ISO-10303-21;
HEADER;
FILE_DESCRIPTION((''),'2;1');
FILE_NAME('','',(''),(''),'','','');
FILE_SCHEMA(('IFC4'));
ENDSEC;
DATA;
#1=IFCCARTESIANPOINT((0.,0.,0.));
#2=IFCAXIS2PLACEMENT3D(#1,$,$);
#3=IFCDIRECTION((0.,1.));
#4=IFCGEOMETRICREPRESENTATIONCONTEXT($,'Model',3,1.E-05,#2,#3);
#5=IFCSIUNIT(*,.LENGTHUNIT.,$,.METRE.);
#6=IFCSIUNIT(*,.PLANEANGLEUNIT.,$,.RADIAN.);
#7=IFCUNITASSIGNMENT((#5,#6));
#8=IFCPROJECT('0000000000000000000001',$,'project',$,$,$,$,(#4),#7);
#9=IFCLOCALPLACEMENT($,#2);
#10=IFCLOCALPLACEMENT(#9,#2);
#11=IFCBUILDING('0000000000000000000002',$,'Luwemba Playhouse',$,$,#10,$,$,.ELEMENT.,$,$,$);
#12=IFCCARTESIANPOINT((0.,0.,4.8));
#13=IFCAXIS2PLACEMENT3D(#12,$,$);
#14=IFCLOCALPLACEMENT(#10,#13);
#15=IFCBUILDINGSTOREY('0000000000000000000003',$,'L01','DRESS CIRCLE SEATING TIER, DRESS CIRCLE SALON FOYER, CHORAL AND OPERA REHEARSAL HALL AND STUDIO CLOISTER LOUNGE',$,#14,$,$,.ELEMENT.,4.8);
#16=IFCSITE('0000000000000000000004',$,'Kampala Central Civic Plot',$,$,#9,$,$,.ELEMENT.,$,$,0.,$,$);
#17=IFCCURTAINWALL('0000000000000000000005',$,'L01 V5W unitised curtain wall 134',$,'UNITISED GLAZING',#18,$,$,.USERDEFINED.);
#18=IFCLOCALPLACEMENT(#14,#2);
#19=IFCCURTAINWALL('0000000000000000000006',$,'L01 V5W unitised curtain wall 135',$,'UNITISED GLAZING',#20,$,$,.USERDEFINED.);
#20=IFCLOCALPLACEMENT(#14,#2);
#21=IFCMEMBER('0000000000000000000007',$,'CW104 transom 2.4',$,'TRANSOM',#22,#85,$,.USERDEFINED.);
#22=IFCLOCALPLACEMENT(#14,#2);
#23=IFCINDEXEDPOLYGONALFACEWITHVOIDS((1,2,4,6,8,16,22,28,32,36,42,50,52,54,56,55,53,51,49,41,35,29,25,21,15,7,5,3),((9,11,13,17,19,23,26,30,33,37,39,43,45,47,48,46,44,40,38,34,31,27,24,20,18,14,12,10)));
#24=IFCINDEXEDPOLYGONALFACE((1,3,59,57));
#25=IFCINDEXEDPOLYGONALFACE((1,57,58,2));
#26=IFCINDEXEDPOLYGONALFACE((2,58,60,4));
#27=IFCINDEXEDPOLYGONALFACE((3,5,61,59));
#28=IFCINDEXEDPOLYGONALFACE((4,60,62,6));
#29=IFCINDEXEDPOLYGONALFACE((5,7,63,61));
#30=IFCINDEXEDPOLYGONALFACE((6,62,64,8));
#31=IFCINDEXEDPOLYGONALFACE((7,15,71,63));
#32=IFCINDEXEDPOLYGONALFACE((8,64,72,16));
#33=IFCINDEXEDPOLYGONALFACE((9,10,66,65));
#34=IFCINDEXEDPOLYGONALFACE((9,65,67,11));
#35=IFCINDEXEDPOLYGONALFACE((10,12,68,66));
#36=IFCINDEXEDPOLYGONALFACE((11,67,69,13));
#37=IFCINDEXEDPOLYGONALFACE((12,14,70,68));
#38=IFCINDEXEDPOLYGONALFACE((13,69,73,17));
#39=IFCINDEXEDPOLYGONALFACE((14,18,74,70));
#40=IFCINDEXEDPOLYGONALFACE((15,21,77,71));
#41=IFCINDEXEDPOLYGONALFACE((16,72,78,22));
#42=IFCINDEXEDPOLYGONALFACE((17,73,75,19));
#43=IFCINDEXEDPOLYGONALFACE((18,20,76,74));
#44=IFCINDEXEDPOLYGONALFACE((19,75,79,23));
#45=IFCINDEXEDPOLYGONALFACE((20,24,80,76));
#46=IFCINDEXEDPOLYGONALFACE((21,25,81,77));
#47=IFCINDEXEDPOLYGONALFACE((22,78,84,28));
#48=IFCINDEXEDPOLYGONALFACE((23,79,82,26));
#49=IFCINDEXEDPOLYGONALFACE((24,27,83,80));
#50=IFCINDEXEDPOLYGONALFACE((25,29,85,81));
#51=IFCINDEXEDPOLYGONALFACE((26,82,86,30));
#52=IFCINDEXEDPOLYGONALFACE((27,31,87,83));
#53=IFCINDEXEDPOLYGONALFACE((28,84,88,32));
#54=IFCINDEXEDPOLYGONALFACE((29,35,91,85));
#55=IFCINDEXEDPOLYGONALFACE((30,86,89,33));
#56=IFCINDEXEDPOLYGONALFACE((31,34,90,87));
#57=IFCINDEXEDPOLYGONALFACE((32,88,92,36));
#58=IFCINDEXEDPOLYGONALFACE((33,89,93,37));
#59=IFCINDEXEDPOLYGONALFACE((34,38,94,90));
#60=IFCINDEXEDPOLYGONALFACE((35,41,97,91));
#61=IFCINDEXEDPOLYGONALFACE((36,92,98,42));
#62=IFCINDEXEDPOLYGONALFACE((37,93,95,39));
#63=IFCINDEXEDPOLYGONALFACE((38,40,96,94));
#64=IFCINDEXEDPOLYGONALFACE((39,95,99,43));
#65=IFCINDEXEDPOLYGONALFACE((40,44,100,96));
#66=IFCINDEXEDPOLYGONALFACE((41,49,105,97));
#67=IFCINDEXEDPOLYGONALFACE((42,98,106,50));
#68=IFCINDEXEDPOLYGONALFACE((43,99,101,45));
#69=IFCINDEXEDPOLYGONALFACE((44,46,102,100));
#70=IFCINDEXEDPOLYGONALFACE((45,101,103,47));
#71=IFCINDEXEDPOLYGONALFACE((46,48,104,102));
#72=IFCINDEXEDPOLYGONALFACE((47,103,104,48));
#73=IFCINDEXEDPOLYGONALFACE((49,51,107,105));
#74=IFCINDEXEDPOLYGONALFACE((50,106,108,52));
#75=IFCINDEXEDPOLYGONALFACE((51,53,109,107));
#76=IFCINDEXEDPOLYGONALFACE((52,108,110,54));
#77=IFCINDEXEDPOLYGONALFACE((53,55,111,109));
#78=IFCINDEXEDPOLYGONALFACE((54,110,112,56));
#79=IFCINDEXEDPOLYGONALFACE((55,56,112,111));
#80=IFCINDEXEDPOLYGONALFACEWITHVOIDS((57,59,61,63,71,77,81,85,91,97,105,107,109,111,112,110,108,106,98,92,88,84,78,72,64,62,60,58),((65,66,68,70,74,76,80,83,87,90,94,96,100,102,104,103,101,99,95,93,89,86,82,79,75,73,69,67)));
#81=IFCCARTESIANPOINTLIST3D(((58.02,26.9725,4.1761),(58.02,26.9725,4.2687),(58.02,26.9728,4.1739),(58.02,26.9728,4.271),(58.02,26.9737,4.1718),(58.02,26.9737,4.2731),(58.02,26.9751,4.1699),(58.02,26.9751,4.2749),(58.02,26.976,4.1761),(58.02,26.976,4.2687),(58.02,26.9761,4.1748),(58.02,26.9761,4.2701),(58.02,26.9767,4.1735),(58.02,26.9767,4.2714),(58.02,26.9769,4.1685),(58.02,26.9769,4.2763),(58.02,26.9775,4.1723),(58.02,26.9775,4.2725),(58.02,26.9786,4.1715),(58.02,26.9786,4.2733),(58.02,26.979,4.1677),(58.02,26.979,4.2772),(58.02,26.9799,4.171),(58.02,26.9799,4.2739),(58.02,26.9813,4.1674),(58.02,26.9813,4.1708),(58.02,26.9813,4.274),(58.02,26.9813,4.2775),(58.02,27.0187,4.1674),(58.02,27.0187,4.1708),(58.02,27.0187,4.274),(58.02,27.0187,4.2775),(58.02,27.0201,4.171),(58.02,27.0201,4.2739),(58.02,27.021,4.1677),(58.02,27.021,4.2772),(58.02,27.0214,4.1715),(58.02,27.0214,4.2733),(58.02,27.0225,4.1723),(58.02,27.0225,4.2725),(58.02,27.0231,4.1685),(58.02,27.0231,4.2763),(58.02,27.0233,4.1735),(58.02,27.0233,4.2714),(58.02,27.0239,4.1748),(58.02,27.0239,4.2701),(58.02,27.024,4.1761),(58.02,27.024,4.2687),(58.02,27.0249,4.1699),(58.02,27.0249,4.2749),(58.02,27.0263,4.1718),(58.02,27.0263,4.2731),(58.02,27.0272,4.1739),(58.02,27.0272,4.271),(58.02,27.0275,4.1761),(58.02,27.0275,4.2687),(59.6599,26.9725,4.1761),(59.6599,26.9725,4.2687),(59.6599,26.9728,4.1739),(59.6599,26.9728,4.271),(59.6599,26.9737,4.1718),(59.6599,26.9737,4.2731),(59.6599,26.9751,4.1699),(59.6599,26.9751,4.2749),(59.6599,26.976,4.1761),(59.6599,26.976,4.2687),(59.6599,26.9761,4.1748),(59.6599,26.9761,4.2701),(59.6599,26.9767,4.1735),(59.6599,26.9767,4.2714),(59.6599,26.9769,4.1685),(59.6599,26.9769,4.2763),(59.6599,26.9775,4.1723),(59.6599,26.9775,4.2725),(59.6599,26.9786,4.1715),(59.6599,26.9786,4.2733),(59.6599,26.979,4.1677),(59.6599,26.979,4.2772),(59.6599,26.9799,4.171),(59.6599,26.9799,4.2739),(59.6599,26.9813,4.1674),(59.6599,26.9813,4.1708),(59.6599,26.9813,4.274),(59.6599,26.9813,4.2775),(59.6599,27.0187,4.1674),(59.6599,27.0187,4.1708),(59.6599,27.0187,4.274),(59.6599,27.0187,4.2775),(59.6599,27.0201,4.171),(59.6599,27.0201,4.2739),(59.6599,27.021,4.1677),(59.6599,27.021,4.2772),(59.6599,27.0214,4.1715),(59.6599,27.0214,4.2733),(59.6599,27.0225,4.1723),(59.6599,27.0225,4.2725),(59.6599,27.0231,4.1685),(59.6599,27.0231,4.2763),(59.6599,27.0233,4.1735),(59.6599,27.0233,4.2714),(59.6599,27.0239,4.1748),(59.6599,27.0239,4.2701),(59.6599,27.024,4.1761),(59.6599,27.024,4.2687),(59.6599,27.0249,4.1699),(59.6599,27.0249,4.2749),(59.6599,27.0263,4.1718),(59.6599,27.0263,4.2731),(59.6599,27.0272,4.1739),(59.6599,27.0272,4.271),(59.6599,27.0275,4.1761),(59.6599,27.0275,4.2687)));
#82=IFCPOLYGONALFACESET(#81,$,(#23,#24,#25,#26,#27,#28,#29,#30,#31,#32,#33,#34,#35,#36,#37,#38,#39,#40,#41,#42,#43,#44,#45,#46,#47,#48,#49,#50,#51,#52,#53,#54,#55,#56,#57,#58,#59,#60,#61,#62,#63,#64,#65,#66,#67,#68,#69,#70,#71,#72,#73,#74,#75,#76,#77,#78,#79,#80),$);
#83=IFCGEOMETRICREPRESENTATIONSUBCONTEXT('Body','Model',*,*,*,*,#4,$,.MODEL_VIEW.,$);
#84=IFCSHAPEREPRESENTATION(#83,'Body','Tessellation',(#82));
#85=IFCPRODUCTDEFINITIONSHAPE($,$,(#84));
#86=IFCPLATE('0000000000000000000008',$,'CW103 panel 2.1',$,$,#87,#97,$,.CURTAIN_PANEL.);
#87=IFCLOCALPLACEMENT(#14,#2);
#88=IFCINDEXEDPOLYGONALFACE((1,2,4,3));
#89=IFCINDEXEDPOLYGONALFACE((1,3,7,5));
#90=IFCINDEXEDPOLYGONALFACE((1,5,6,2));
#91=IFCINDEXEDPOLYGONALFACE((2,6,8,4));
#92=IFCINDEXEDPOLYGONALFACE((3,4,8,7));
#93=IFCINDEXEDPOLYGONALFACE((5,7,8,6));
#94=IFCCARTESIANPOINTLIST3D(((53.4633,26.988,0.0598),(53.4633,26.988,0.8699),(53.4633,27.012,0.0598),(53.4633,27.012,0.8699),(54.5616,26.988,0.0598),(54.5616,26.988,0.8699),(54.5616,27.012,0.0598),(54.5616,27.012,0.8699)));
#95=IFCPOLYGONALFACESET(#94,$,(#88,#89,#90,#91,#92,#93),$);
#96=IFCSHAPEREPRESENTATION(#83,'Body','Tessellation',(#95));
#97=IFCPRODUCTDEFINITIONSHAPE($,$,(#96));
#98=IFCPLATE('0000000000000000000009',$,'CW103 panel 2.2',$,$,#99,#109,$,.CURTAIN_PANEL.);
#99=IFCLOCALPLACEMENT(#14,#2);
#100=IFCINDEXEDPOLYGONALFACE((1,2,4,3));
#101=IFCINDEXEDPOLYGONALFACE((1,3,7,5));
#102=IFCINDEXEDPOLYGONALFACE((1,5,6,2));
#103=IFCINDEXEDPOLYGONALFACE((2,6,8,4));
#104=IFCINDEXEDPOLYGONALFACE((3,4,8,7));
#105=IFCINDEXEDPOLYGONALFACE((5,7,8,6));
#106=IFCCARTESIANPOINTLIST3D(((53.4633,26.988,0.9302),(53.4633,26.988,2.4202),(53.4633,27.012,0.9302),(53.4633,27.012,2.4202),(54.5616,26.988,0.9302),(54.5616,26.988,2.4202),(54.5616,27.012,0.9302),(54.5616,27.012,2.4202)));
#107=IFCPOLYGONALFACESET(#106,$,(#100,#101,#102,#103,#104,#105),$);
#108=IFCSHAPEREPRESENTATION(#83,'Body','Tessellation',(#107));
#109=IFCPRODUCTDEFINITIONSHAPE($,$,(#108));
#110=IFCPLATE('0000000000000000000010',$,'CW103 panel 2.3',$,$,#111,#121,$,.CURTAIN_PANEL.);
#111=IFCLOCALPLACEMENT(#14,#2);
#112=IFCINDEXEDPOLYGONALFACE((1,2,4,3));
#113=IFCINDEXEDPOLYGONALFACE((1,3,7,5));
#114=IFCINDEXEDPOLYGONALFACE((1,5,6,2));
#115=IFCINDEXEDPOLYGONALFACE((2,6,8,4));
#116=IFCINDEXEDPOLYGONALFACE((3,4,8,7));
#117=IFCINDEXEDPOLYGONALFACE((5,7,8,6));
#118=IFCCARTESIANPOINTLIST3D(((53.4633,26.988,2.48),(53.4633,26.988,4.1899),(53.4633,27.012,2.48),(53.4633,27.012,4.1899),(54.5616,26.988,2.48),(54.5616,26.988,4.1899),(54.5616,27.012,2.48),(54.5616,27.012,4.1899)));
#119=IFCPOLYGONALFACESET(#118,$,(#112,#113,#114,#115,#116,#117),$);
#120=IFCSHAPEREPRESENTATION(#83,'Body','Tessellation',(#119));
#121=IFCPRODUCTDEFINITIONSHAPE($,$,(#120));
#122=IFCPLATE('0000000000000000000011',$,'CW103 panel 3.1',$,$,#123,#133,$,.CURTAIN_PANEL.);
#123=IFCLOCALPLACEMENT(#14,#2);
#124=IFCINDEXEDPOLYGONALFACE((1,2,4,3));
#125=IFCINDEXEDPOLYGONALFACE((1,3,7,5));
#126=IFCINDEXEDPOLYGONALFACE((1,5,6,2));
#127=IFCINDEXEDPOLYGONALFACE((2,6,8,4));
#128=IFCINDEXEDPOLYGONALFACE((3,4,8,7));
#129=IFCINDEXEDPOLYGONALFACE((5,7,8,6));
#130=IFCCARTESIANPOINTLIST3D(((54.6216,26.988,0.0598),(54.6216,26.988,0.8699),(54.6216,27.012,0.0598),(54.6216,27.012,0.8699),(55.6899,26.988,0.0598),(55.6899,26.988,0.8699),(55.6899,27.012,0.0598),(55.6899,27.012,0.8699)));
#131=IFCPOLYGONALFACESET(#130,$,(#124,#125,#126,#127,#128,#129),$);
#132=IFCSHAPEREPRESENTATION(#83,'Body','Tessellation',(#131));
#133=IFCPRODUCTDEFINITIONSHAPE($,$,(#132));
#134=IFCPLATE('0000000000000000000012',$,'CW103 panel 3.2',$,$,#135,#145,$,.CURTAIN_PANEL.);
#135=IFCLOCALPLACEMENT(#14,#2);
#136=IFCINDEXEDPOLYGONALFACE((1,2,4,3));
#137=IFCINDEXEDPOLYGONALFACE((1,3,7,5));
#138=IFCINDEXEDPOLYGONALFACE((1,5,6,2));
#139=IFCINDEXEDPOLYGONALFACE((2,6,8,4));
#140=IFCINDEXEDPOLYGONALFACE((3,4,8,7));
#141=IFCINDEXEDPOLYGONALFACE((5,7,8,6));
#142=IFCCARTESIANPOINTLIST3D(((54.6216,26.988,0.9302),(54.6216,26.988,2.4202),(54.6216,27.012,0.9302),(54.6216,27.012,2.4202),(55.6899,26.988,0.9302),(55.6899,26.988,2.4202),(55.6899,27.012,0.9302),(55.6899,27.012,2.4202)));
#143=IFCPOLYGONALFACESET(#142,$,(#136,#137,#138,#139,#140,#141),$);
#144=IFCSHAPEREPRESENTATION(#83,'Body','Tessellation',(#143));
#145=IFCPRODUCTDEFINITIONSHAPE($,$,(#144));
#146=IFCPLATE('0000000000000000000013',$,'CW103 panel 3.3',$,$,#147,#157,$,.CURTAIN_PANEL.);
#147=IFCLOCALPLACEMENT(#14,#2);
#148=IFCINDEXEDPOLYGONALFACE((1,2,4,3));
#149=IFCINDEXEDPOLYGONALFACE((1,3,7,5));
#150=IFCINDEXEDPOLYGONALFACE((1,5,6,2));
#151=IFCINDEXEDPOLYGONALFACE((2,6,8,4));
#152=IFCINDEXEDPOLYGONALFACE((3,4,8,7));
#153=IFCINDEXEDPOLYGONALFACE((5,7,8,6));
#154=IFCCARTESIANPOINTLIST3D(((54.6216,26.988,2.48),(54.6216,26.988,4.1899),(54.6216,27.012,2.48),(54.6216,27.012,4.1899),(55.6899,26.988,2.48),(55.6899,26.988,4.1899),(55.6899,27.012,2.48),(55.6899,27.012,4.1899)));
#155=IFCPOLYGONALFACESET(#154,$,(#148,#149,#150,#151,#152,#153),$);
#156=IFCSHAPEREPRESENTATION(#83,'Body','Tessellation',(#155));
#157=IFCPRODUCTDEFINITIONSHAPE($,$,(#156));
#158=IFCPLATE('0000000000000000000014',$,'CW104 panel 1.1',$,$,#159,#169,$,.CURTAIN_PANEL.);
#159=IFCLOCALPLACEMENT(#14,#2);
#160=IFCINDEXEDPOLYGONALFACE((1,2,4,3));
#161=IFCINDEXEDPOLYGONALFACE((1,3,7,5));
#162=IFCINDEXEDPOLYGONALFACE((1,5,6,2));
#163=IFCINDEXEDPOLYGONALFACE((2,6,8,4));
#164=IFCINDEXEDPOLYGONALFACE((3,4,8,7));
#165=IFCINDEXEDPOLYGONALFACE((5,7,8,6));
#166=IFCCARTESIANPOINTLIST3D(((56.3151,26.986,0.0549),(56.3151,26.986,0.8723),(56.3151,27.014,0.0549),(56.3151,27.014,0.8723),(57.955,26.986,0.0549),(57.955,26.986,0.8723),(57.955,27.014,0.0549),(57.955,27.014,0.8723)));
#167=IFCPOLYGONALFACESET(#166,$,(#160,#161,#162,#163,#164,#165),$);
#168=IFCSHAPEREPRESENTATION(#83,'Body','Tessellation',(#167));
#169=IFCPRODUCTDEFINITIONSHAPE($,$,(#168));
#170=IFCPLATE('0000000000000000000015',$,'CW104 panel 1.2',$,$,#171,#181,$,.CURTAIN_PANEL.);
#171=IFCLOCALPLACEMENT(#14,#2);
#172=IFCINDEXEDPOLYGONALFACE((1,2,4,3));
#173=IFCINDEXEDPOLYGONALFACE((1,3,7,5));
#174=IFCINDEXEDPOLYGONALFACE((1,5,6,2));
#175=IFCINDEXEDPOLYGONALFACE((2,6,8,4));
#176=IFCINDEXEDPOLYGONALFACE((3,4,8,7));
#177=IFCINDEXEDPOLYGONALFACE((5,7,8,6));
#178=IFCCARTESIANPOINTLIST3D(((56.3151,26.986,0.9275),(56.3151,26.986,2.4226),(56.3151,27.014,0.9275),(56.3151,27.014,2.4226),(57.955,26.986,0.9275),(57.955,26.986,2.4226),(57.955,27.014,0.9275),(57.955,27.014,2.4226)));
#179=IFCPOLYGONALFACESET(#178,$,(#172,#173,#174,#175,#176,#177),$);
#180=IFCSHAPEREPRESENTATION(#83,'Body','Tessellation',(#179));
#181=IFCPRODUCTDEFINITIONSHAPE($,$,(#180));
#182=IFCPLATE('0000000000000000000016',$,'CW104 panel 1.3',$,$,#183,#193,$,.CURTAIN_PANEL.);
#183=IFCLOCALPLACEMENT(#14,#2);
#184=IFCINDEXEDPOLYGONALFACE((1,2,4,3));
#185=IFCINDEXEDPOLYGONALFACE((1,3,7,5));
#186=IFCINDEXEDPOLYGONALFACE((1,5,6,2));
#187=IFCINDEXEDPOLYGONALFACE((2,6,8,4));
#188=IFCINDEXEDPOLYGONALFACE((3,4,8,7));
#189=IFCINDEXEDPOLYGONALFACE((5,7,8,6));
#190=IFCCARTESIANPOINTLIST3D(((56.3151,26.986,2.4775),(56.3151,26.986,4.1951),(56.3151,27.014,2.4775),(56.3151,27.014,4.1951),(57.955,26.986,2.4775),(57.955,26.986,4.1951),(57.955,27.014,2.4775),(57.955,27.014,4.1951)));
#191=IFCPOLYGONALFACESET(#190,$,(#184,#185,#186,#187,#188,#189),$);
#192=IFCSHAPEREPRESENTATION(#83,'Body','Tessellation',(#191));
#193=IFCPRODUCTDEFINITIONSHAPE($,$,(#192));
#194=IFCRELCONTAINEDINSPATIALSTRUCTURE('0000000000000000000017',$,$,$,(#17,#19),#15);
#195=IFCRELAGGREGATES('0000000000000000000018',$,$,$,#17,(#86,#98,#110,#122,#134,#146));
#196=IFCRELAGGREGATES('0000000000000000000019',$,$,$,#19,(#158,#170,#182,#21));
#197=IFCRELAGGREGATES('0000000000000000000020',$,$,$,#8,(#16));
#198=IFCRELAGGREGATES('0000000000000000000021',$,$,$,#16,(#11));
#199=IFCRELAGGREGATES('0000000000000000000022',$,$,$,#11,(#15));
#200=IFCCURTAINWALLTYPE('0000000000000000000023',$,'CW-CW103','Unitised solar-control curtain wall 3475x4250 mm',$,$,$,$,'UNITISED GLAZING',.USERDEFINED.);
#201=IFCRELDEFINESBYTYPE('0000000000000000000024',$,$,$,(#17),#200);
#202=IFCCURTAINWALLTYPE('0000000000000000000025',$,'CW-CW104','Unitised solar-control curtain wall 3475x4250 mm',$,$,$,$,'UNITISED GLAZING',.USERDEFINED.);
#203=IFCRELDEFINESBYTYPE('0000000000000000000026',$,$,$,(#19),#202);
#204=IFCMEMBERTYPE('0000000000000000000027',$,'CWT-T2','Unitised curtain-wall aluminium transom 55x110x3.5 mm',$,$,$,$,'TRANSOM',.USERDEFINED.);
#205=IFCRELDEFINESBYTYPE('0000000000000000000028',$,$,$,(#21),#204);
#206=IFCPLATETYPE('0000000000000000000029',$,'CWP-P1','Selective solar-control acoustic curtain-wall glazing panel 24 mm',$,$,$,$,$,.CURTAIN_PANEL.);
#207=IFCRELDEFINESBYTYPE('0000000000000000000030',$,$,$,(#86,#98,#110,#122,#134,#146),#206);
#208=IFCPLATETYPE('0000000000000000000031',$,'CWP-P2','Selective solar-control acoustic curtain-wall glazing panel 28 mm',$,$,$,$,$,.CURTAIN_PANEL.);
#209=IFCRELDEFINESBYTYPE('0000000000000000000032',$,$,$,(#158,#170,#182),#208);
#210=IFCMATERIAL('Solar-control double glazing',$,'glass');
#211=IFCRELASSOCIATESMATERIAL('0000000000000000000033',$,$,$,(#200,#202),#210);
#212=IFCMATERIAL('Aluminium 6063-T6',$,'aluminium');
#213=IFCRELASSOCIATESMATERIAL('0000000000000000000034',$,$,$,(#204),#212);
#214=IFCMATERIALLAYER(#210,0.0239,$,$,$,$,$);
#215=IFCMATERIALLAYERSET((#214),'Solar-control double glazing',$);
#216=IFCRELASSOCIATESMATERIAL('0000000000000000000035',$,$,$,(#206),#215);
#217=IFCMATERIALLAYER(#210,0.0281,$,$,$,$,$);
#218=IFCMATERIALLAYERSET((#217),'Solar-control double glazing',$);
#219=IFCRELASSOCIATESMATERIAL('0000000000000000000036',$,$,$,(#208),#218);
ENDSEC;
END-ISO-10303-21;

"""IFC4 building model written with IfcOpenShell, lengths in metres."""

from ifc_helpers import new_model, si_unit, direction, frame, origin, origin_2d, place, context, subcontext, project, spatial, rectangle, hollow_rectangle, extrude, material, layer, layer_set, material_profile, profile_set, type_object, element, aggregate, save


model = new_model("IFC4")

# Units and contexts
model_context = context("Model", 3, precision=1e-05, world=origin(), true_north=direction((0.0, 1.0)))
body_context = subcontext(model_context, "Body", "Model", "MODEL_VIEW")
ifc_project = project(units=[si_unit("LENGTHUNIT", "METRE"), si_unit("PLANEANGLEUNIT", "RADIAN")], contexts=[model_context])

# Site, building, storey
site_placement = place(None, origin())
site = spatial("IfcSite", under=ifc_project, at=site_placement, Name="Kampala Central Civic Plot", CompositionType="ELEMENT", RefElevation=0.0)
building_placement = place(site_placement, origin())
building = spatial("IfcBuilding", under=site, at=building_placement, Name="Luwemba Playhouse", CompositionType="ELEMENT")
storey_placement = place(building_placement, frame((0.0, 0.0, 4.8)))
storey = spatial("IfcBuildingStorey", under=building, at=storey_placement, Name="L01", Description="DRESS CIRCLE SEATING TIER, DRESS CIRCLE SALON FOYER, CHORAL AND OPERA REHEARSAL HALL AND STUDIO CLOISTER LOUNGE", CompositionType="ELEMENT", Elevation=4.8)

# Curtain walls
ifc_material_1 = material(Name="Solar-control double glazing", Category="glass")
curtain_wall_type_1 = type_object("IfcCurtainWallType", Name="CW-CW103", Description="Unitised solar-control curtain wall 3475x4250 mm", ElementType="UNITISED GLAZING", PredefinedType="USERDEFINED", material=ifc_material_1)
curtain_wall_1_placement = place(storey_placement, origin())
curtain_wall_1 = element("IfcCurtainWall", 1, at=curtain_wall_1_placement, inside=storey, type_object=curtain_wall_type_1, Name="L01 V5W unitised curtain wall 134", ObjectType="UNITISED GLAZING", PredefinedType="USERDEFINED")
ifc_material_2 = material(Name="Aluminium 6063-T6", Category="aluminium")
curtain_wall_type_2 = type_object("IfcCurtainWallType", Name="CW-CW104", Description="Unitised solar-control curtain wall 3475x4250 mm", ElementType="UNITISED GLAZING", PredefinedType="USERDEFINED", material=ifc_material_1)
curtain_wall_2_placement = place(storey_placement, origin())
curtain_wall_2 = element("IfcCurtainWall", 2, at=curtain_wall_2_placement, inside=storey, type_object=curtain_wall_type_2, Name="L01 V5W unitised curtain wall 135", ObjectType="UNITISED GLAZING", PredefinedType="USERDEFINED")

# Member
ifc_material_profile_1 = material_profile(ifc_material_2, hollow_rectangle(XDim=0.0549, YDim=0.1101, WallThickness=0.0034, InnerFilletRadius=0.0054, OuterFilletRadius=0.0088, at=origin_2d()))
ifc_profile_set_1 = profile_set([ifc_material_profile_1], Name="Aluminium 6063-T6")
member_type_1 = type_object("IfcMemberType", Name="CWT-T2", Description="Unitised curtain-wall aluminium transom 55x110x3.5 mm", ElementType="TRANSOM", PredefinedType="USERDEFINED", material=ifc_profile_set_1)
member_1_placement = place(storey_placement, frame((58.02, 27.0, 4.2224), z_axis=(1.0, 0.0, 0.0), x_axis=(0.0, 1.0, 0.0)))
member_1 = element("IfcMember", 3, at=member_1_placement, type_object=member_type_1, Name="CW104 transom 2.4", ObjectType="TRANSOM", PredefinedType="USERDEFINED", context=body_context, shape_type="SweptSolid", body=[
    extrude(hollow_rectangle(XDim=0.0549, YDim=0.1101, WallThickness=0.0034, InnerFilletRadius=0.0054, OuterFilletRadius=0.0088, at=origin_2d()), origin(), (0.0, 0.0, 1.0), 1.6399),
])

# Plates
ifc_layer_1 = layer(ifc_material_1, 0.0239)
ifc_layer_set_1 = layer_set([ifc_layer_1], Name="Solar-control double glazing")
plate_type_1 = type_object("IfcPlateType", Name="CWP-P1", Description="Selective solar-control acoustic curtain-wall glazing panel 24 mm", PredefinedType="CURTAIN_PANEL", material=ifc_layer_set_1)
plate_1_placement = place(storey_placement, frame((54.0125, 27.0, 0.0598), z_axis=(0.0, 0.0, 1.0), x_axis=(1.0, 0.0, 0.0)))
plate_1 = element("IfcPlate", 4, at=plate_1_placement, type_object=plate_type_1, Name="CW103 panel 2.1", PredefinedType="CURTAIN_PANEL", context=body_context, shape_type="SweptSolid", body=[
    extrude(rectangle(XDim=1.0984, YDim=0.0239, at=origin_2d()), origin(), (0.0, 0.0, 1.0), 0.8101),
])
plate_2_placement = place(storey_placement, frame((54.0125, 27.0, 0.9302), z_axis=(0.0, 0.0, 1.0), x_axis=(1.0, 0.0, 0.0)))
plate_2 = element("IfcPlate", 5, at=plate_2_placement, type_object=plate_type_1, Name="CW103 panel 2.2", PredefinedType="CURTAIN_PANEL", context=body_context, shape_type="SweptSolid", body=[
    extrude(rectangle(XDim=1.0984, YDim=0.0239, at=origin_2d()), origin(), (0.0, 0.0, 1.0), 1.49),
])
plate_3_placement = place(storey_placement, frame((54.0125, 27.0, 2.48), z_axis=(0.0, 0.0, 1.0), x_axis=(1.0, 0.0, 0.0)))
plate_3 = element("IfcPlate", 6, at=plate_3_placement, type_object=plate_type_1, Name="CW103 panel 2.3", PredefinedType="CURTAIN_PANEL", context=body_context, shape_type="SweptSolid", body=[
    extrude(rectangle(XDim=1.0984, YDim=0.0239, at=origin_2d()), origin(), (0.0, 0.0, 1.0), 1.71),
])
plate_4_placement = place(storey_placement, frame((55.1558, 27.0, 0.0598), z_axis=(0.0, 0.0, 1.0), x_axis=(1.0, 0.0, 0.0)))
plate_4 = element("IfcPlate", 7, at=plate_4_placement, type_object=plate_type_1, Name="CW103 panel 3.1", PredefinedType="CURTAIN_PANEL", context=body_context, shape_type="SweptSolid", body=[
    extrude(rectangle(XDim=1.0684, YDim=0.0239, at=origin_2d()), origin(), (0.0, 0.0, 1.0), 0.8101),
])
plate_5_placement = place(storey_placement, frame((55.1558, 27.0, 0.9302), z_axis=(0.0, 0.0, 1.0), x_axis=(1.0, 0.0, 0.0)))
plate_5 = element("IfcPlate", 8, at=plate_5_placement, type_object=plate_type_1, Name="CW103 panel 3.2", PredefinedType="CURTAIN_PANEL", context=body_context, shape_type="SweptSolid", body=[
    extrude(rectangle(XDim=1.0684, YDim=0.0239, at=origin_2d()), origin(), (0.0, 0.0, 1.0), 1.49),
])
plate_6_placement = place(storey_placement, frame((55.1558, 27.0, 2.48), z_axis=(0.0, 0.0, 1.0), x_axis=(1.0, 0.0, 0.0)))
plate_6 = element("IfcPlate", 9, at=plate_6_placement, type_object=plate_type_1, Name="CW103 panel 3.3", PredefinedType="CURTAIN_PANEL", context=body_context, shape_type="SweptSolid", body=[
    extrude(rectangle(XDim=1.0684, YDim=0.0239, at=origin_2d()), origin(), (0.0, 0.0, 1.0), 1.71),
])
aggregate(curtain_wall_1, [plate_1, plate_2, plate_3, plate_4, plate_5, plate_6])
ifc_layer_2 = layer(ifc_material_1, 0.0281)
ifc_layer_set_2 = layer_set([ifc_layer_2], Name="Solar-control double glazing")
plate_type_2 = type_object("IfcPlateType", Name="CWP-P2", Description="Selective solar-control acoustic curtain-wall glazing panel 28 mm", PredefinedType="CURTAIN_PANEL", material=ifc_layer_set_2)
plate_7_placement = place(storey_placement, frame((57.135, 27.0, 0.0549), z_axis=(0.0, 0.0, 1.0), x_axis=(1.0, 0.0, 0.0)))
plate_7 = element("IfcPlate", 10, at=plate_7_placement, type_object=plate_type_2, Name="CW104 panel 1.1", PredefinedType="CURTAIN_PANEL", context=body_context, shape_type="SweptSolid", body=[
    extrude(rectangle(XDim=1.6399, YDim=0.0281, at=origin_2d()), origin(), (0.0, 0.0, 1.0), 0.8174),
])
plate_8_placement = place(storey_placement, frame((57.135, 27.0, 0.9275), z_axis=(0.0, 0.0, 1.0), x_axis=(1.0, 0.0, 0.0)))
plate_8 = element("IfcPlate", 11, at=plate_8_placement, type_object=plate_type_2, Name="CW104 panel 1.2", PredefinedType="CURTAIN_PANEL", context=body_context, shape_type="SweptSolid", body=[
    extrude(rectangle(XDim=1.6399, YDim=0.0281, at=origin_2d()), origin(), (0.0, 0.0, 1.0), 1.4951),
])
plate_9_placement = place(storey_placement, frame((57.135, 27.0, 2.4775), z_axis=(0.0, 0.0, 1.0), x_axis=(1.0, 0.0, 0.0)))
plate_9 = element("IfcPlate", 12, at=plate_9_placement, type_object=plate_type_2, Name="CW104 panel 1.3", PredefinedType="CURTAIN_PANEL", context=body_context, shape_type="SweptSolid", body=[
    extrude(rectangle(XDim=1.6399, YDim=0.0281, at=origin_2d()), origin(), (0.0, 0.0, 1.0), 1.7175),
])
aggregate(curtain_wall_2, [plate_7, plate_8, plate_9, member_1])

save(model, "model.ifc")
